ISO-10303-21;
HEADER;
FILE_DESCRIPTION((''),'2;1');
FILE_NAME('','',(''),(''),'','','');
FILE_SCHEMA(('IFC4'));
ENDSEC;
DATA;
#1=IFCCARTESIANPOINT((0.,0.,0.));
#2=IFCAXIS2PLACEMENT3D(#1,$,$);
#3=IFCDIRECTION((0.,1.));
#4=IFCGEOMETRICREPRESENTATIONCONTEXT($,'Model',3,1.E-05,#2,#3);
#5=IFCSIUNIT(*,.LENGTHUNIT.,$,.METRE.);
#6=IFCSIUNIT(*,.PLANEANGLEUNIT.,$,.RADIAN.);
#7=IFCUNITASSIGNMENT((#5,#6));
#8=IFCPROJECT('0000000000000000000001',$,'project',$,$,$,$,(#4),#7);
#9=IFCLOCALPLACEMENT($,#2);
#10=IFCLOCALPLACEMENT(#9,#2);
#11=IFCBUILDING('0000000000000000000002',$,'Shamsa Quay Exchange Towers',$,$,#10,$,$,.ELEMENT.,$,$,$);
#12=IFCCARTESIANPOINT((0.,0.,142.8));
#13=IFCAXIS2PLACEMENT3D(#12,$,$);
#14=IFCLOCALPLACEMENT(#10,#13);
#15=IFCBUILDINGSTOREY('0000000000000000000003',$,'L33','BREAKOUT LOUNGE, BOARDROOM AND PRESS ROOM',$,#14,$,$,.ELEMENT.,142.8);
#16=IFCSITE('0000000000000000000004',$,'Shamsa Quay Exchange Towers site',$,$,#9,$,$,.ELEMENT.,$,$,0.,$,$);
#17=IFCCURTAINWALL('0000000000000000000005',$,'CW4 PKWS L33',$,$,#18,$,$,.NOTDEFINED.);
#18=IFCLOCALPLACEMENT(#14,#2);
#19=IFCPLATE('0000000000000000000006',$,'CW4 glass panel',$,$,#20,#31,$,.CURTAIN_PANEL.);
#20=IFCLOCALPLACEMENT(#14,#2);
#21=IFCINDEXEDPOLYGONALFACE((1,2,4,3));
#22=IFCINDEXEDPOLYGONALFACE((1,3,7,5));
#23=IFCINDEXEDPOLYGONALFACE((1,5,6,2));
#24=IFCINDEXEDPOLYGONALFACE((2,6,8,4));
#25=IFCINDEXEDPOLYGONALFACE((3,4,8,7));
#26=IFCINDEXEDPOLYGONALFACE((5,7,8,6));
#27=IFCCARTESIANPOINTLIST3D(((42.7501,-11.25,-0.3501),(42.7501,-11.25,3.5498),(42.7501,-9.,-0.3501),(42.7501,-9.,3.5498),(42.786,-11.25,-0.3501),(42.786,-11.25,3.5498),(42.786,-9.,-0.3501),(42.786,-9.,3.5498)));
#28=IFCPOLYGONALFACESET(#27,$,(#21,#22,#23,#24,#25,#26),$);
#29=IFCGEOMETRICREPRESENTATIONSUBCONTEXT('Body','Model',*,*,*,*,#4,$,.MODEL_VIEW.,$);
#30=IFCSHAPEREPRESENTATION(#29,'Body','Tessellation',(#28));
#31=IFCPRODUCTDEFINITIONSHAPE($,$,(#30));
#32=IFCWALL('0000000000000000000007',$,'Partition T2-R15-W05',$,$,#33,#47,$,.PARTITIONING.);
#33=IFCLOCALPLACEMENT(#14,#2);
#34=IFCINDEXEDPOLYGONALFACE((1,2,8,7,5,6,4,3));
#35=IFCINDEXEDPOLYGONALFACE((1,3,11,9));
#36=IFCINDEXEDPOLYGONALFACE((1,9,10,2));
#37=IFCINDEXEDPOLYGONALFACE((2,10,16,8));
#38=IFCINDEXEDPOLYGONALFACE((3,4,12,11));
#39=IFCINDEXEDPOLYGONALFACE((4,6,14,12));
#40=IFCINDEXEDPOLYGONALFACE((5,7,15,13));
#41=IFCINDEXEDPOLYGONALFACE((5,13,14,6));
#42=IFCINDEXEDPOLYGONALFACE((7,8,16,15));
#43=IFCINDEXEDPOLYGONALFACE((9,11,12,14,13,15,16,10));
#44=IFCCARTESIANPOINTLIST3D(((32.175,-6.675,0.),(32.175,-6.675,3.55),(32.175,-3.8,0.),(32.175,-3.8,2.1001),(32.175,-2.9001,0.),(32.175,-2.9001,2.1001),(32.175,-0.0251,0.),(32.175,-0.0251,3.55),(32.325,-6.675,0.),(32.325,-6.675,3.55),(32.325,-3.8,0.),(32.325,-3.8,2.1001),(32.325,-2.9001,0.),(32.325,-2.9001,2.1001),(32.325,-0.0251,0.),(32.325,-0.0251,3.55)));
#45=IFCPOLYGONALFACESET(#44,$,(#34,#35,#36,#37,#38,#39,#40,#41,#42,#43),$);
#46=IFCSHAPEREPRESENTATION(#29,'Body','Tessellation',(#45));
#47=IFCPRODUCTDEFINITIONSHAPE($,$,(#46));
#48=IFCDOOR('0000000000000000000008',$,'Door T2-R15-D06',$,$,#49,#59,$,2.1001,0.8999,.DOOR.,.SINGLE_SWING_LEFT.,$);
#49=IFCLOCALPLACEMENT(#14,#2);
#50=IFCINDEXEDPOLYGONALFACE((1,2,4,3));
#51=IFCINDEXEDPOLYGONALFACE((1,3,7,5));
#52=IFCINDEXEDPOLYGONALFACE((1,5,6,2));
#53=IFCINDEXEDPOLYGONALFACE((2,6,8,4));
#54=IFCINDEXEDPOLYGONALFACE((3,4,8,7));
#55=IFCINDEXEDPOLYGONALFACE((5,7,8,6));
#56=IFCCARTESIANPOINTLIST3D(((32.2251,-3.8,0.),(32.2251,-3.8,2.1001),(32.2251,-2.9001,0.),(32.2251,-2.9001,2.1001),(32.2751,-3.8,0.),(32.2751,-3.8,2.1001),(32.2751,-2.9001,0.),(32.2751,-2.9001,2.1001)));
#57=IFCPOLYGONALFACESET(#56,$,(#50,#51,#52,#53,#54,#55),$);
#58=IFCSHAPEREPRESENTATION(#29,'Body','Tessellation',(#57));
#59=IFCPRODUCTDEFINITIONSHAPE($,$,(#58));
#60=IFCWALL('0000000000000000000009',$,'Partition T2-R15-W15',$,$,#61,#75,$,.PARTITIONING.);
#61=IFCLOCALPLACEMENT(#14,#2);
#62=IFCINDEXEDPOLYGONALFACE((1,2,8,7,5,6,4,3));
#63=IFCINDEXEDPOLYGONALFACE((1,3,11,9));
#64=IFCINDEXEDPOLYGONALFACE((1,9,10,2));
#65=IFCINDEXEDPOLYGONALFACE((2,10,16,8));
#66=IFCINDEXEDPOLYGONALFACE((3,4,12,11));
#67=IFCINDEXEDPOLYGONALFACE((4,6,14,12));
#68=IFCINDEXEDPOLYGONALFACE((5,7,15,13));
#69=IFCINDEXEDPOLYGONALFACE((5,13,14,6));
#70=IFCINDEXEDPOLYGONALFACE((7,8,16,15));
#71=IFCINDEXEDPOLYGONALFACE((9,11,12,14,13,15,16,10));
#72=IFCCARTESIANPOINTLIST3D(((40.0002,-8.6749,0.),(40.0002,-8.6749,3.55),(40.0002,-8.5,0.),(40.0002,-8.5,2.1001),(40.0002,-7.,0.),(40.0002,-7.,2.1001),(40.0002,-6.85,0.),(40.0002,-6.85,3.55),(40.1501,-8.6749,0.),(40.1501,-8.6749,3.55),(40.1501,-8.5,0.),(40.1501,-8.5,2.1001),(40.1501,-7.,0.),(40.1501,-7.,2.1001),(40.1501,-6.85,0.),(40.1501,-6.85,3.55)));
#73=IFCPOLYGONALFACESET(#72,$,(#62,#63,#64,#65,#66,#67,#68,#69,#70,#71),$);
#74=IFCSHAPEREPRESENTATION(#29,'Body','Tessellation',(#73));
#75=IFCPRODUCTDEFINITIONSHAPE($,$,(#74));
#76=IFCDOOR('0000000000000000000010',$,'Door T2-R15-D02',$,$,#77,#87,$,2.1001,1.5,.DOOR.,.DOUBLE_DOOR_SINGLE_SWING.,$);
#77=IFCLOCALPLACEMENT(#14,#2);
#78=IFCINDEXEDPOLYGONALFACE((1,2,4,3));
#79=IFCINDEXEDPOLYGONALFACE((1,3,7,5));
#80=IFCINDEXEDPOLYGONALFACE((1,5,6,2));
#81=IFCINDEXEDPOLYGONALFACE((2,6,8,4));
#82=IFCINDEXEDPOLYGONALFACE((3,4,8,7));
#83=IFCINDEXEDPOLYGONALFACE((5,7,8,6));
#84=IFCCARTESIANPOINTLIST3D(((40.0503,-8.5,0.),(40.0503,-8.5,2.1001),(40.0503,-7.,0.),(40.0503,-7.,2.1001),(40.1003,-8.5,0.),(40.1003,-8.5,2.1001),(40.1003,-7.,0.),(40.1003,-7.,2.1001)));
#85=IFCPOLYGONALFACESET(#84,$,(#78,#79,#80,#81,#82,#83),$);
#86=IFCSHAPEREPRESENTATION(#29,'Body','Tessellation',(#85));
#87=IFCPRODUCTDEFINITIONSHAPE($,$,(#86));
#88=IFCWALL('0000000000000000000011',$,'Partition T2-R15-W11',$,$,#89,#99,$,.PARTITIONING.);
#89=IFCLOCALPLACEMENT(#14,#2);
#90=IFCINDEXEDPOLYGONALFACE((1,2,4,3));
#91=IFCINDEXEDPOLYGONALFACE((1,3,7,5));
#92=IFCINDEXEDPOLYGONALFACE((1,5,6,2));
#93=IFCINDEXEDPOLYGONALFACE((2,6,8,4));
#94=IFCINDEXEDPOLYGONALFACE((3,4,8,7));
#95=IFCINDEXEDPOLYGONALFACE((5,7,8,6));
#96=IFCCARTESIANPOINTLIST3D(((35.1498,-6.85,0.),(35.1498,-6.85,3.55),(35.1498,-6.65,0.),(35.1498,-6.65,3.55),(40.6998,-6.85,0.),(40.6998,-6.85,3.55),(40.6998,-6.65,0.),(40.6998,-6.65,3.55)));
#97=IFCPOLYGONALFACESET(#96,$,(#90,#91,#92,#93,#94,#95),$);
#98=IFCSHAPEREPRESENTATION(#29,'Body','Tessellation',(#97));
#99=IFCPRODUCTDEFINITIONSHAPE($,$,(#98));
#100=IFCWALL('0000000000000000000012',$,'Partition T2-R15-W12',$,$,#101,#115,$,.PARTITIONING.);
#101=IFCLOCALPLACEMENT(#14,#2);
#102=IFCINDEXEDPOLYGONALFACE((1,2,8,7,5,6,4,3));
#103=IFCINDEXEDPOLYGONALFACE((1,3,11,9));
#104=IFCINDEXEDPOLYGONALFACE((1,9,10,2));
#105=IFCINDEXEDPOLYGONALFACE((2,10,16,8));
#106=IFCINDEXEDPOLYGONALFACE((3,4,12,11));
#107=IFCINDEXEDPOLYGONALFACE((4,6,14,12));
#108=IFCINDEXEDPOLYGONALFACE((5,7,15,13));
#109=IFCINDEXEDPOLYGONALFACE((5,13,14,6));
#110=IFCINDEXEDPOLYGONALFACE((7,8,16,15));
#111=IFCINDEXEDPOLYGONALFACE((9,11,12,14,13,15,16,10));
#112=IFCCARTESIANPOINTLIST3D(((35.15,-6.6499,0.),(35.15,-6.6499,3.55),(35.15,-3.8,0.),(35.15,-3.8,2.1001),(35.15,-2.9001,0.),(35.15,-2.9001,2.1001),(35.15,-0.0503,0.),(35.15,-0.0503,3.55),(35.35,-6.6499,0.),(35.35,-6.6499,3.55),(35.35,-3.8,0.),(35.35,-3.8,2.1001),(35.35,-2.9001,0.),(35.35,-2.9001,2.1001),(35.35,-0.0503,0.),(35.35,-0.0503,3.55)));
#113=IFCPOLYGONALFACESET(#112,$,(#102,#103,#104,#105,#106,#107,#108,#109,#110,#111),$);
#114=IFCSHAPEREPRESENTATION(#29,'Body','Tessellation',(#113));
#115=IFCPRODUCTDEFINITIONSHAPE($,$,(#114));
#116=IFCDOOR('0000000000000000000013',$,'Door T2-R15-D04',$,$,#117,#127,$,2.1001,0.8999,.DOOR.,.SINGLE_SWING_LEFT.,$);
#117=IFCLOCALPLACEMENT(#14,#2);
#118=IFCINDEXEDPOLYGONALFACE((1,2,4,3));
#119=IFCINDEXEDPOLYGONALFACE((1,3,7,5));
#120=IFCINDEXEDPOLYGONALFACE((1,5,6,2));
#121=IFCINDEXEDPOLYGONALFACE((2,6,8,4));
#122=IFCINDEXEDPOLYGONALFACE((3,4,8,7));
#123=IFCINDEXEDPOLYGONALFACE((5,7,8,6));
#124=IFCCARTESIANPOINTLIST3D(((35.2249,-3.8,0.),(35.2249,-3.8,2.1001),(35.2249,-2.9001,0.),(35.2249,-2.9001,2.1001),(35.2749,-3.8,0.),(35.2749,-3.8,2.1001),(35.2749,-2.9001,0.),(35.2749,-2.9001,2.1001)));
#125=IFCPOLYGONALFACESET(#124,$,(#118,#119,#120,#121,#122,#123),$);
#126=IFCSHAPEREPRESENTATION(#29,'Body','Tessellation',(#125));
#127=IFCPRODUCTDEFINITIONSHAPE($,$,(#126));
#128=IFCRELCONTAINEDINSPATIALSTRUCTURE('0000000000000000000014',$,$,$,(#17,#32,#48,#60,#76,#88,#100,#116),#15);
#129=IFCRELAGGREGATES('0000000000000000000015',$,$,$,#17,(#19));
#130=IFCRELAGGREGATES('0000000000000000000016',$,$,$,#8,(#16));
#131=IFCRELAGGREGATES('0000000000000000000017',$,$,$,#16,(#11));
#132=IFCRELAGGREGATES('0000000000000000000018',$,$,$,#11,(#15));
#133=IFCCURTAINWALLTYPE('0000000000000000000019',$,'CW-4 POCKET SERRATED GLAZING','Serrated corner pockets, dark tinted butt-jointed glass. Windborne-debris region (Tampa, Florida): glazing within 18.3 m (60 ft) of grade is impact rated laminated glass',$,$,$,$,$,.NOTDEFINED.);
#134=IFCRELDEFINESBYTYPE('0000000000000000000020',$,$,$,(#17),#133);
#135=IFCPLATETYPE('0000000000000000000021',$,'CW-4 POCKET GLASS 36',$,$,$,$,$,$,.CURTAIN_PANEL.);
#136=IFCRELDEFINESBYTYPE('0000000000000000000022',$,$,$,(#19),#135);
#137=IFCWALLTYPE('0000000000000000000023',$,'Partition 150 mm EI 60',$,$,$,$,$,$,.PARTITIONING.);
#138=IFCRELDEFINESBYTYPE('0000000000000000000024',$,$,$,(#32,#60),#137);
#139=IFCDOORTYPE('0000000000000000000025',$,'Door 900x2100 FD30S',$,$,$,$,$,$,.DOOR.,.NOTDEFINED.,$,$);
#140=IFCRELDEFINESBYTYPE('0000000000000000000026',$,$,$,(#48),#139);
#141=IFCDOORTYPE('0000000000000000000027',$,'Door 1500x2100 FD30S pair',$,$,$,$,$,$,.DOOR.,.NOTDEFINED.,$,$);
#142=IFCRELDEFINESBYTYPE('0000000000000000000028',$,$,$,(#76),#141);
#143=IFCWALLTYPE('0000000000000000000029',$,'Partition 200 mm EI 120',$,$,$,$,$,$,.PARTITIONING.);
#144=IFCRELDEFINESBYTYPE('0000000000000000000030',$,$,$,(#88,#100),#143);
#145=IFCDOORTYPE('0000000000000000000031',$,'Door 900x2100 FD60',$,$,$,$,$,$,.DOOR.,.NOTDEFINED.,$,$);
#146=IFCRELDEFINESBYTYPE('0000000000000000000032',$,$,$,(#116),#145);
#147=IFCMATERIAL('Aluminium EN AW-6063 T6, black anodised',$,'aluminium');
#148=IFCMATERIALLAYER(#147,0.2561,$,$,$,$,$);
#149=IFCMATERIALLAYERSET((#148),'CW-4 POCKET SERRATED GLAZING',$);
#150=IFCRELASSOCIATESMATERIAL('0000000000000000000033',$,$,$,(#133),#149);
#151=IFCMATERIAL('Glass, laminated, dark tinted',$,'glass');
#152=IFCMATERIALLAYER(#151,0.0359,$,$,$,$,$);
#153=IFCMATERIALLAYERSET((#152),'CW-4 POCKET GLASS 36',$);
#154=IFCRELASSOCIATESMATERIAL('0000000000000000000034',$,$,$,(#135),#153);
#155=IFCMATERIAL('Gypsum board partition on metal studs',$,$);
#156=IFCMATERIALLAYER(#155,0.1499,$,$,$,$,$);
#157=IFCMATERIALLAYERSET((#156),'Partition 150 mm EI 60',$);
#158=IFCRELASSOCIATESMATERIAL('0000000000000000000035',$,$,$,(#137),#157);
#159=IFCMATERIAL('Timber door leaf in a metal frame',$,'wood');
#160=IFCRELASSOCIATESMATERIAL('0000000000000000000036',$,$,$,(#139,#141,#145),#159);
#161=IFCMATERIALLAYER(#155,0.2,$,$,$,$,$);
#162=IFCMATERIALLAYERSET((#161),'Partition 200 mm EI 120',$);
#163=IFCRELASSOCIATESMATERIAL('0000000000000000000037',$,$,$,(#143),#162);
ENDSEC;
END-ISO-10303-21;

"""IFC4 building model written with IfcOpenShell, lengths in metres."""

from ifc_helpers import new_model, si_unit, direction, frame, frame_2d, origin, origin_2d, place, context, subcontext, project, spatial, rectangle, extrude, material, layer, layer_set, type_object, element, fill, aggregate, save


model = new_model("IFC4")

# Units and contexts
model_context = context("Model", 3, precision=1e-05, world=origin(), true_north=direction((0.0, 1.0)))
body_context = subcontext(model_context, "Body", "Model", "MODEL_VIEW")
ifc_project = project(units=[si_unit("LENGTHUNIT", "METRE"), si_unit("PLANEANGLEUNIT", "RADIAN")], contexts=[model_context])

# Site, building, storey
site_placement = place(None, origin())
site = spatial("IfcSite", under=ifc_project, at=site_placement, Name="Shamsa Quay Exchange Towers site", CompositionType="ELEMENT", RefElevation=0.0)
building_placement = place(site_placement, origin())
building = spatial("IfcBuilding", under=site, at=building_placement, Name="Shamsa Quay Exchange Towers", CompositionType="ELEMENT")
storey_placement = place(building_placement, frame((0.0, 0.0, 142.8)))
storey = spatial("IfcBuildingStorey", under=building, at=storey_placement, Name="L33", Description="BREAKOUT LOUNGE, BOARDROOM AND PRESS ROOM", CompositionType="ELEMENT", Elevation=142.8)

# Shared definitions
ifc_material_1 = material(Name="Aluminium EN AW-6063 T6, black anodised", Category="aluminium")
ifc_material_2 = material(Name="Glass, laminated, dark tinted", Category="glass")

# Curtain wall, plate
ifc_layer_1 = layer(ifc_material_1, 0.2561)
ifc_layer_set_1 = layer_set([ifc_layer_1], Name="CW-4 POCKET SERRATED GLAZING")
curtain_wall_type_1 = type_object("IfcCurtainWallType", Name="CW-4 POCKET SERRATED GLAZING", Description="Serrated corner pockets, dark tinted butt-jointed glass. Windborne-debris region (Tampa, Florida): glazing within 18.3 m (60 ft) of grade is impact rated laminated glass", PredefinedType="NOTDEFINED", material=ifc_layer_set_1)
curtain_wall_1_placement = place(storey_placement, origin())
curtain_wall_1 = element("IfcCurtainWall", 1, at=curtain_wall_1_placement, inside=storey, type_object=curtain_wall_type_1, Name="CW4 PKWS L33", PredefinedType="NOTDEFINED")
ifc_layer_2 = layer(ifc_material_2, 0.0359)
ifc_layer_set_2 = layer_set([ifc_layer_2], Name="CW-4 POCKET GLASS 36")
plate_type_1 = type_object("IfcPlateType", Name="CW-4 POCKET GLASS 36", PredefinedType="CURTAIN_PANEL", material=ifc_layer_set_2)
plate_1_placement = place(storey_placement, frame((42.7681, -10.125, -0.3501), z_axis=(0.0, 0.0, 1.0), x_axis=(0.0, 1.0, 0.0)))
plate_1 = element("IfcPlate", 2, at=plate_1_placement, type_object=plate_type_1, Name="CW4 glass panel", PredefinedType="CURTAIN_PANEL", context=body_context, shape_type="SweptSolid", body=[
    extrude(rectangle(XDim=2.25, YDim=0.0359, at=origin_2d()), origin(), (0.0, 0.0, 1.0), 3.8999),
])
aggregate(curtain_wall_1, [plate_1])

# Walls, openings, doors
ifc_material_3 = material(Name="Gypsum board partition on metal studs")
ifc_layer_3 = layer(ifc_material_3, 0.1499)
ifc_layer_set_3 = layer_set([ifc_layer_3], Name="Partition 150 mm EI 60")
wall_type_1 = type_object("IfcWallType", Name="Partition 150 mm EI 60", PredefinedType="PARTITIONING", material=ifc_layer_set_3)
wall_1_placement = place(storey_placement, frame((32.25, -6.675, 0.0), z_axis=(0.0, 0.0, 1.0), x_axis=(0.0, 1.0, 0.0)))
wall_1 = element("IfcWall", 3, at=wall_1_placement, inside=storey, type_object=wall_type_1, Name="Partition T2-R15-W05", PredefinedType="PARTITIONING", context=body_context, shape_type="SweptSolid", body=[
    extrude(rectangle(XDim=6.6499, YDim=0.1499, at=frame_2d((3.325, 0.0))), origin(), (0.0, 0.0, 1.0), 3.55),
])
opening_1_placement = place(wall_1_placement, frame((2.875, 0.0, 0.0)))
opening_1 = element("IfcOpeningElement", 4, at=opening_1_placement, cuts=wall_1, PredefinedType="OPENING", context=body_context, shape_type="SweptSolid", body=[
    extrude(rectangle(XDim=0.8999, YDim=2.1001, at=frame_2d((0.45, 1.05))), frame((0.0, 0.085, 0.0), z_axis=(0.0, -1.0, 0.0), x_axis=(1.0, 0.0, 0.0)), (0.0, 0.0, 1.0), 0.1699),
])
ifc_material_4 = material(Name="Timber door leaf in a metal frame", Category="wood")
door_type_1 = type_object("IfcDoorType", Name="Door 900x2100 FD30S", OperationType="NOTDEFINED", PredefinedType="DOOR", material=ifc_material_4)
door_1_placement = place(opening_1_placement, origin())
door_1 = element("IfcDoor", 5, at=door_1_placement, inside=storey, type_object=door_type_1, Name="Door T2-R15-D06", OperationType="SINGLE_SWING_LEFT", OverallHeight=2.1001, OverallWidth=0.8999, PredefinedType="DOOR", context=body_context, shape_type="SweptSolid", body=[
    extrude(rectangle(XDim=0.8999, YDim=2.1001, at=frame_2d((0.45, 1.05))), frame((0.0, 0.0249, 0.0), z_axis=(0.0, -1.0, 0.0), x_axis=(1.0, 0.0, 0.0)), (0.0, 0.0, 1.0), 0.05),
])
fill(opening_1, door_1)
wall_2_placement = place(storey_placement, frame((40.0752, -8.675, 0.0), z_axis=(0.0, 0.0, 1.0), x_axis=(0.0, 1.0, 0.0)))
wall_2 = element("IfcWall", 6, at=wall_2_placement, inside=storey, type_object=wall_type_1, Name="Partition T2-R15-W15", PredefinedType="PARTITIONING", context=body_context, shape_type="SweptSolid", body=[
    extrude(rectangle(XDim=1.825, YDim=0.1499, at=frame_2d((0.9126, 0.0))), origin(), (0.0, 0.0, 1.0), 3.55),
])
opening_2_placement = place(wall_2_placement, frame((0.175, 0.0, 0.0)))
opening_2 = element("IfcOpeningElement", 7, at=opening_2_placement, cuts=wall_2, PredefinedType="OPENING", context=body_context, shape_type="SweptSolid", body=[
    extrude(rectangle(XDim=1.5, YDim=2.1001, at=frame_2d((0.75, 1.05))), frame((0.0, 0.085, 0.0), z_axis=(0.0, -1.0, 0.0), x_axis=(1.0, 0.0, 0.0)), (0.0, 0.0, 1.0), 0.1699),
])
door_type_2 = type_object("IfcDoorType", Name="Door 1500x2100 FD30S pair", OperationType="NOTDEFINED", PredefinedType="DOOR", material=ifc_material_4)
door_2_placement = place(opening_2_placement, origin())
door_2 = element("IfcDoor", 8, at=door_2_placement, inside=storey, type_object=door_type_2, Name="Door T2-R15-D02", OperationType="DOUBLE_DOOR_SINGLE_SWING", OverallHeight=2.1001, OverallWidth=1.5, PredefinedType="DOOR", context=body_context, shape_type="SweptSolid", body=[
    extrude(rectangle(XDim=1.5, YDim=2.1001, at=frame_2d((0.75, 1.05))), frame((0.0, 0.0249, 0.0), z_axis=(0.0, -1.0, 0.0), x_axis=(1.0, 0.0, 0.0)), (0.0, 0.0, 1.0), 0.05),
])
fill(opening_2, door_2)

# Wall
ifc_layer_4 = layer(ifc_material_3, 0.2)
ifc_layer_set_4 = layer_set([ifc_layer_4], Name="Partition 200 mm EI 120")
wall_type_2 = type_object("IfcWallType", Name="Partition 200 mm EI 120", PredefinedType="PARTITIONING", material=ifc_layer_set_4)
wall_3_placement = place(storey_placement, frame((35.1499, -6.75, 0.0)))
element("IfcWall", 9, at=wall_3_placement, inside=storey, type_object=wall_type_2, Name="Partition T2-R15-W11", PredefinedType="PARTITIONING", context=body_context, shape_type="SweptSolid", body=[
    extrude(rectangle(XDim=5.55, YDim=0.2, at=frame_2d((2.7749, 0.0))), origin(), (0.0, 0.0, 1.0), 3.55),
])

# Wall, opening, door
wall_4_placement = place(storey_placement, frame((35.25, -0.0503, 0.0), z_axis=(0.0, 0.0, 1.0), x_axis=(0.0, -1.0, 0.0)))
wall_4 = element("IfcWall", 10, at=wall_4_placement, inside=storey, type_object=wall_type_2, Name="Partition T2-R15-W12", PredefinedType="PARTITIONING", context=body_context, shape_type="SweptSolid", body=[
    extrude(rectangle(XDim=6.5996, YDim=0.2, at=frame_2d((3.2998, 0.0))), origin(), (0.0, 0.0, 1.0), 3.55),
])
opening_3_placement = place(wall_4_placement, frame((2.8499, 0.0, 0.0)))
opening_3 = element("IfcOpeningElement", 11, at=opening_3_placement, cuts=wall_4, PredefinedType="OPENING", context=body_context, shape_type="SweptSolid", body=[
    extrude(rectangle(XDim=0.8999, YDim=2.1001, at=frame_2d((0.45, 1.05))), frame((0.0, 0.1099, 0.0), z_axis=(0.0, -1.0, 0.0), x_axis=(1.0, 0.0, 0.0)), (0.0, 0.0, 1.0), 0.22),
])
door_type_3 = type_object("IfcDoorType", Name="Door 900x2100 FD60", OperationType="NOTDEFINED", PredefinedType="DOOR", material=ifc_material_4)
door_3_placement = place(opening_3_placement, origin())
door_3 = element("IfcDoor", 12, at=door_3_placement, inside=storey, type_object=door_type_3, Name="Door T2-R15-D04", OperationType="SINGLE_SWING_LEFT", OverallHeight=2.1001, OverallWidth=0.8999, PredefinedType="DOOR", context=body_context, shape_type="SweptSolid", body=[
    extrude(rectangle(XDim=0.8999, YDim=2.1001, at=frame_2d((0.45, 1.05))), frame((0.0, 0.0249, 0.0), z_axis=(0.0, -1.0, 0.0), x_axis=(1.0, 0.0, 0.0)), (0.0, 0.0, 1.0), 0.05),
])
fill(opening_3, door_3)

save(model, "model.ifc")
